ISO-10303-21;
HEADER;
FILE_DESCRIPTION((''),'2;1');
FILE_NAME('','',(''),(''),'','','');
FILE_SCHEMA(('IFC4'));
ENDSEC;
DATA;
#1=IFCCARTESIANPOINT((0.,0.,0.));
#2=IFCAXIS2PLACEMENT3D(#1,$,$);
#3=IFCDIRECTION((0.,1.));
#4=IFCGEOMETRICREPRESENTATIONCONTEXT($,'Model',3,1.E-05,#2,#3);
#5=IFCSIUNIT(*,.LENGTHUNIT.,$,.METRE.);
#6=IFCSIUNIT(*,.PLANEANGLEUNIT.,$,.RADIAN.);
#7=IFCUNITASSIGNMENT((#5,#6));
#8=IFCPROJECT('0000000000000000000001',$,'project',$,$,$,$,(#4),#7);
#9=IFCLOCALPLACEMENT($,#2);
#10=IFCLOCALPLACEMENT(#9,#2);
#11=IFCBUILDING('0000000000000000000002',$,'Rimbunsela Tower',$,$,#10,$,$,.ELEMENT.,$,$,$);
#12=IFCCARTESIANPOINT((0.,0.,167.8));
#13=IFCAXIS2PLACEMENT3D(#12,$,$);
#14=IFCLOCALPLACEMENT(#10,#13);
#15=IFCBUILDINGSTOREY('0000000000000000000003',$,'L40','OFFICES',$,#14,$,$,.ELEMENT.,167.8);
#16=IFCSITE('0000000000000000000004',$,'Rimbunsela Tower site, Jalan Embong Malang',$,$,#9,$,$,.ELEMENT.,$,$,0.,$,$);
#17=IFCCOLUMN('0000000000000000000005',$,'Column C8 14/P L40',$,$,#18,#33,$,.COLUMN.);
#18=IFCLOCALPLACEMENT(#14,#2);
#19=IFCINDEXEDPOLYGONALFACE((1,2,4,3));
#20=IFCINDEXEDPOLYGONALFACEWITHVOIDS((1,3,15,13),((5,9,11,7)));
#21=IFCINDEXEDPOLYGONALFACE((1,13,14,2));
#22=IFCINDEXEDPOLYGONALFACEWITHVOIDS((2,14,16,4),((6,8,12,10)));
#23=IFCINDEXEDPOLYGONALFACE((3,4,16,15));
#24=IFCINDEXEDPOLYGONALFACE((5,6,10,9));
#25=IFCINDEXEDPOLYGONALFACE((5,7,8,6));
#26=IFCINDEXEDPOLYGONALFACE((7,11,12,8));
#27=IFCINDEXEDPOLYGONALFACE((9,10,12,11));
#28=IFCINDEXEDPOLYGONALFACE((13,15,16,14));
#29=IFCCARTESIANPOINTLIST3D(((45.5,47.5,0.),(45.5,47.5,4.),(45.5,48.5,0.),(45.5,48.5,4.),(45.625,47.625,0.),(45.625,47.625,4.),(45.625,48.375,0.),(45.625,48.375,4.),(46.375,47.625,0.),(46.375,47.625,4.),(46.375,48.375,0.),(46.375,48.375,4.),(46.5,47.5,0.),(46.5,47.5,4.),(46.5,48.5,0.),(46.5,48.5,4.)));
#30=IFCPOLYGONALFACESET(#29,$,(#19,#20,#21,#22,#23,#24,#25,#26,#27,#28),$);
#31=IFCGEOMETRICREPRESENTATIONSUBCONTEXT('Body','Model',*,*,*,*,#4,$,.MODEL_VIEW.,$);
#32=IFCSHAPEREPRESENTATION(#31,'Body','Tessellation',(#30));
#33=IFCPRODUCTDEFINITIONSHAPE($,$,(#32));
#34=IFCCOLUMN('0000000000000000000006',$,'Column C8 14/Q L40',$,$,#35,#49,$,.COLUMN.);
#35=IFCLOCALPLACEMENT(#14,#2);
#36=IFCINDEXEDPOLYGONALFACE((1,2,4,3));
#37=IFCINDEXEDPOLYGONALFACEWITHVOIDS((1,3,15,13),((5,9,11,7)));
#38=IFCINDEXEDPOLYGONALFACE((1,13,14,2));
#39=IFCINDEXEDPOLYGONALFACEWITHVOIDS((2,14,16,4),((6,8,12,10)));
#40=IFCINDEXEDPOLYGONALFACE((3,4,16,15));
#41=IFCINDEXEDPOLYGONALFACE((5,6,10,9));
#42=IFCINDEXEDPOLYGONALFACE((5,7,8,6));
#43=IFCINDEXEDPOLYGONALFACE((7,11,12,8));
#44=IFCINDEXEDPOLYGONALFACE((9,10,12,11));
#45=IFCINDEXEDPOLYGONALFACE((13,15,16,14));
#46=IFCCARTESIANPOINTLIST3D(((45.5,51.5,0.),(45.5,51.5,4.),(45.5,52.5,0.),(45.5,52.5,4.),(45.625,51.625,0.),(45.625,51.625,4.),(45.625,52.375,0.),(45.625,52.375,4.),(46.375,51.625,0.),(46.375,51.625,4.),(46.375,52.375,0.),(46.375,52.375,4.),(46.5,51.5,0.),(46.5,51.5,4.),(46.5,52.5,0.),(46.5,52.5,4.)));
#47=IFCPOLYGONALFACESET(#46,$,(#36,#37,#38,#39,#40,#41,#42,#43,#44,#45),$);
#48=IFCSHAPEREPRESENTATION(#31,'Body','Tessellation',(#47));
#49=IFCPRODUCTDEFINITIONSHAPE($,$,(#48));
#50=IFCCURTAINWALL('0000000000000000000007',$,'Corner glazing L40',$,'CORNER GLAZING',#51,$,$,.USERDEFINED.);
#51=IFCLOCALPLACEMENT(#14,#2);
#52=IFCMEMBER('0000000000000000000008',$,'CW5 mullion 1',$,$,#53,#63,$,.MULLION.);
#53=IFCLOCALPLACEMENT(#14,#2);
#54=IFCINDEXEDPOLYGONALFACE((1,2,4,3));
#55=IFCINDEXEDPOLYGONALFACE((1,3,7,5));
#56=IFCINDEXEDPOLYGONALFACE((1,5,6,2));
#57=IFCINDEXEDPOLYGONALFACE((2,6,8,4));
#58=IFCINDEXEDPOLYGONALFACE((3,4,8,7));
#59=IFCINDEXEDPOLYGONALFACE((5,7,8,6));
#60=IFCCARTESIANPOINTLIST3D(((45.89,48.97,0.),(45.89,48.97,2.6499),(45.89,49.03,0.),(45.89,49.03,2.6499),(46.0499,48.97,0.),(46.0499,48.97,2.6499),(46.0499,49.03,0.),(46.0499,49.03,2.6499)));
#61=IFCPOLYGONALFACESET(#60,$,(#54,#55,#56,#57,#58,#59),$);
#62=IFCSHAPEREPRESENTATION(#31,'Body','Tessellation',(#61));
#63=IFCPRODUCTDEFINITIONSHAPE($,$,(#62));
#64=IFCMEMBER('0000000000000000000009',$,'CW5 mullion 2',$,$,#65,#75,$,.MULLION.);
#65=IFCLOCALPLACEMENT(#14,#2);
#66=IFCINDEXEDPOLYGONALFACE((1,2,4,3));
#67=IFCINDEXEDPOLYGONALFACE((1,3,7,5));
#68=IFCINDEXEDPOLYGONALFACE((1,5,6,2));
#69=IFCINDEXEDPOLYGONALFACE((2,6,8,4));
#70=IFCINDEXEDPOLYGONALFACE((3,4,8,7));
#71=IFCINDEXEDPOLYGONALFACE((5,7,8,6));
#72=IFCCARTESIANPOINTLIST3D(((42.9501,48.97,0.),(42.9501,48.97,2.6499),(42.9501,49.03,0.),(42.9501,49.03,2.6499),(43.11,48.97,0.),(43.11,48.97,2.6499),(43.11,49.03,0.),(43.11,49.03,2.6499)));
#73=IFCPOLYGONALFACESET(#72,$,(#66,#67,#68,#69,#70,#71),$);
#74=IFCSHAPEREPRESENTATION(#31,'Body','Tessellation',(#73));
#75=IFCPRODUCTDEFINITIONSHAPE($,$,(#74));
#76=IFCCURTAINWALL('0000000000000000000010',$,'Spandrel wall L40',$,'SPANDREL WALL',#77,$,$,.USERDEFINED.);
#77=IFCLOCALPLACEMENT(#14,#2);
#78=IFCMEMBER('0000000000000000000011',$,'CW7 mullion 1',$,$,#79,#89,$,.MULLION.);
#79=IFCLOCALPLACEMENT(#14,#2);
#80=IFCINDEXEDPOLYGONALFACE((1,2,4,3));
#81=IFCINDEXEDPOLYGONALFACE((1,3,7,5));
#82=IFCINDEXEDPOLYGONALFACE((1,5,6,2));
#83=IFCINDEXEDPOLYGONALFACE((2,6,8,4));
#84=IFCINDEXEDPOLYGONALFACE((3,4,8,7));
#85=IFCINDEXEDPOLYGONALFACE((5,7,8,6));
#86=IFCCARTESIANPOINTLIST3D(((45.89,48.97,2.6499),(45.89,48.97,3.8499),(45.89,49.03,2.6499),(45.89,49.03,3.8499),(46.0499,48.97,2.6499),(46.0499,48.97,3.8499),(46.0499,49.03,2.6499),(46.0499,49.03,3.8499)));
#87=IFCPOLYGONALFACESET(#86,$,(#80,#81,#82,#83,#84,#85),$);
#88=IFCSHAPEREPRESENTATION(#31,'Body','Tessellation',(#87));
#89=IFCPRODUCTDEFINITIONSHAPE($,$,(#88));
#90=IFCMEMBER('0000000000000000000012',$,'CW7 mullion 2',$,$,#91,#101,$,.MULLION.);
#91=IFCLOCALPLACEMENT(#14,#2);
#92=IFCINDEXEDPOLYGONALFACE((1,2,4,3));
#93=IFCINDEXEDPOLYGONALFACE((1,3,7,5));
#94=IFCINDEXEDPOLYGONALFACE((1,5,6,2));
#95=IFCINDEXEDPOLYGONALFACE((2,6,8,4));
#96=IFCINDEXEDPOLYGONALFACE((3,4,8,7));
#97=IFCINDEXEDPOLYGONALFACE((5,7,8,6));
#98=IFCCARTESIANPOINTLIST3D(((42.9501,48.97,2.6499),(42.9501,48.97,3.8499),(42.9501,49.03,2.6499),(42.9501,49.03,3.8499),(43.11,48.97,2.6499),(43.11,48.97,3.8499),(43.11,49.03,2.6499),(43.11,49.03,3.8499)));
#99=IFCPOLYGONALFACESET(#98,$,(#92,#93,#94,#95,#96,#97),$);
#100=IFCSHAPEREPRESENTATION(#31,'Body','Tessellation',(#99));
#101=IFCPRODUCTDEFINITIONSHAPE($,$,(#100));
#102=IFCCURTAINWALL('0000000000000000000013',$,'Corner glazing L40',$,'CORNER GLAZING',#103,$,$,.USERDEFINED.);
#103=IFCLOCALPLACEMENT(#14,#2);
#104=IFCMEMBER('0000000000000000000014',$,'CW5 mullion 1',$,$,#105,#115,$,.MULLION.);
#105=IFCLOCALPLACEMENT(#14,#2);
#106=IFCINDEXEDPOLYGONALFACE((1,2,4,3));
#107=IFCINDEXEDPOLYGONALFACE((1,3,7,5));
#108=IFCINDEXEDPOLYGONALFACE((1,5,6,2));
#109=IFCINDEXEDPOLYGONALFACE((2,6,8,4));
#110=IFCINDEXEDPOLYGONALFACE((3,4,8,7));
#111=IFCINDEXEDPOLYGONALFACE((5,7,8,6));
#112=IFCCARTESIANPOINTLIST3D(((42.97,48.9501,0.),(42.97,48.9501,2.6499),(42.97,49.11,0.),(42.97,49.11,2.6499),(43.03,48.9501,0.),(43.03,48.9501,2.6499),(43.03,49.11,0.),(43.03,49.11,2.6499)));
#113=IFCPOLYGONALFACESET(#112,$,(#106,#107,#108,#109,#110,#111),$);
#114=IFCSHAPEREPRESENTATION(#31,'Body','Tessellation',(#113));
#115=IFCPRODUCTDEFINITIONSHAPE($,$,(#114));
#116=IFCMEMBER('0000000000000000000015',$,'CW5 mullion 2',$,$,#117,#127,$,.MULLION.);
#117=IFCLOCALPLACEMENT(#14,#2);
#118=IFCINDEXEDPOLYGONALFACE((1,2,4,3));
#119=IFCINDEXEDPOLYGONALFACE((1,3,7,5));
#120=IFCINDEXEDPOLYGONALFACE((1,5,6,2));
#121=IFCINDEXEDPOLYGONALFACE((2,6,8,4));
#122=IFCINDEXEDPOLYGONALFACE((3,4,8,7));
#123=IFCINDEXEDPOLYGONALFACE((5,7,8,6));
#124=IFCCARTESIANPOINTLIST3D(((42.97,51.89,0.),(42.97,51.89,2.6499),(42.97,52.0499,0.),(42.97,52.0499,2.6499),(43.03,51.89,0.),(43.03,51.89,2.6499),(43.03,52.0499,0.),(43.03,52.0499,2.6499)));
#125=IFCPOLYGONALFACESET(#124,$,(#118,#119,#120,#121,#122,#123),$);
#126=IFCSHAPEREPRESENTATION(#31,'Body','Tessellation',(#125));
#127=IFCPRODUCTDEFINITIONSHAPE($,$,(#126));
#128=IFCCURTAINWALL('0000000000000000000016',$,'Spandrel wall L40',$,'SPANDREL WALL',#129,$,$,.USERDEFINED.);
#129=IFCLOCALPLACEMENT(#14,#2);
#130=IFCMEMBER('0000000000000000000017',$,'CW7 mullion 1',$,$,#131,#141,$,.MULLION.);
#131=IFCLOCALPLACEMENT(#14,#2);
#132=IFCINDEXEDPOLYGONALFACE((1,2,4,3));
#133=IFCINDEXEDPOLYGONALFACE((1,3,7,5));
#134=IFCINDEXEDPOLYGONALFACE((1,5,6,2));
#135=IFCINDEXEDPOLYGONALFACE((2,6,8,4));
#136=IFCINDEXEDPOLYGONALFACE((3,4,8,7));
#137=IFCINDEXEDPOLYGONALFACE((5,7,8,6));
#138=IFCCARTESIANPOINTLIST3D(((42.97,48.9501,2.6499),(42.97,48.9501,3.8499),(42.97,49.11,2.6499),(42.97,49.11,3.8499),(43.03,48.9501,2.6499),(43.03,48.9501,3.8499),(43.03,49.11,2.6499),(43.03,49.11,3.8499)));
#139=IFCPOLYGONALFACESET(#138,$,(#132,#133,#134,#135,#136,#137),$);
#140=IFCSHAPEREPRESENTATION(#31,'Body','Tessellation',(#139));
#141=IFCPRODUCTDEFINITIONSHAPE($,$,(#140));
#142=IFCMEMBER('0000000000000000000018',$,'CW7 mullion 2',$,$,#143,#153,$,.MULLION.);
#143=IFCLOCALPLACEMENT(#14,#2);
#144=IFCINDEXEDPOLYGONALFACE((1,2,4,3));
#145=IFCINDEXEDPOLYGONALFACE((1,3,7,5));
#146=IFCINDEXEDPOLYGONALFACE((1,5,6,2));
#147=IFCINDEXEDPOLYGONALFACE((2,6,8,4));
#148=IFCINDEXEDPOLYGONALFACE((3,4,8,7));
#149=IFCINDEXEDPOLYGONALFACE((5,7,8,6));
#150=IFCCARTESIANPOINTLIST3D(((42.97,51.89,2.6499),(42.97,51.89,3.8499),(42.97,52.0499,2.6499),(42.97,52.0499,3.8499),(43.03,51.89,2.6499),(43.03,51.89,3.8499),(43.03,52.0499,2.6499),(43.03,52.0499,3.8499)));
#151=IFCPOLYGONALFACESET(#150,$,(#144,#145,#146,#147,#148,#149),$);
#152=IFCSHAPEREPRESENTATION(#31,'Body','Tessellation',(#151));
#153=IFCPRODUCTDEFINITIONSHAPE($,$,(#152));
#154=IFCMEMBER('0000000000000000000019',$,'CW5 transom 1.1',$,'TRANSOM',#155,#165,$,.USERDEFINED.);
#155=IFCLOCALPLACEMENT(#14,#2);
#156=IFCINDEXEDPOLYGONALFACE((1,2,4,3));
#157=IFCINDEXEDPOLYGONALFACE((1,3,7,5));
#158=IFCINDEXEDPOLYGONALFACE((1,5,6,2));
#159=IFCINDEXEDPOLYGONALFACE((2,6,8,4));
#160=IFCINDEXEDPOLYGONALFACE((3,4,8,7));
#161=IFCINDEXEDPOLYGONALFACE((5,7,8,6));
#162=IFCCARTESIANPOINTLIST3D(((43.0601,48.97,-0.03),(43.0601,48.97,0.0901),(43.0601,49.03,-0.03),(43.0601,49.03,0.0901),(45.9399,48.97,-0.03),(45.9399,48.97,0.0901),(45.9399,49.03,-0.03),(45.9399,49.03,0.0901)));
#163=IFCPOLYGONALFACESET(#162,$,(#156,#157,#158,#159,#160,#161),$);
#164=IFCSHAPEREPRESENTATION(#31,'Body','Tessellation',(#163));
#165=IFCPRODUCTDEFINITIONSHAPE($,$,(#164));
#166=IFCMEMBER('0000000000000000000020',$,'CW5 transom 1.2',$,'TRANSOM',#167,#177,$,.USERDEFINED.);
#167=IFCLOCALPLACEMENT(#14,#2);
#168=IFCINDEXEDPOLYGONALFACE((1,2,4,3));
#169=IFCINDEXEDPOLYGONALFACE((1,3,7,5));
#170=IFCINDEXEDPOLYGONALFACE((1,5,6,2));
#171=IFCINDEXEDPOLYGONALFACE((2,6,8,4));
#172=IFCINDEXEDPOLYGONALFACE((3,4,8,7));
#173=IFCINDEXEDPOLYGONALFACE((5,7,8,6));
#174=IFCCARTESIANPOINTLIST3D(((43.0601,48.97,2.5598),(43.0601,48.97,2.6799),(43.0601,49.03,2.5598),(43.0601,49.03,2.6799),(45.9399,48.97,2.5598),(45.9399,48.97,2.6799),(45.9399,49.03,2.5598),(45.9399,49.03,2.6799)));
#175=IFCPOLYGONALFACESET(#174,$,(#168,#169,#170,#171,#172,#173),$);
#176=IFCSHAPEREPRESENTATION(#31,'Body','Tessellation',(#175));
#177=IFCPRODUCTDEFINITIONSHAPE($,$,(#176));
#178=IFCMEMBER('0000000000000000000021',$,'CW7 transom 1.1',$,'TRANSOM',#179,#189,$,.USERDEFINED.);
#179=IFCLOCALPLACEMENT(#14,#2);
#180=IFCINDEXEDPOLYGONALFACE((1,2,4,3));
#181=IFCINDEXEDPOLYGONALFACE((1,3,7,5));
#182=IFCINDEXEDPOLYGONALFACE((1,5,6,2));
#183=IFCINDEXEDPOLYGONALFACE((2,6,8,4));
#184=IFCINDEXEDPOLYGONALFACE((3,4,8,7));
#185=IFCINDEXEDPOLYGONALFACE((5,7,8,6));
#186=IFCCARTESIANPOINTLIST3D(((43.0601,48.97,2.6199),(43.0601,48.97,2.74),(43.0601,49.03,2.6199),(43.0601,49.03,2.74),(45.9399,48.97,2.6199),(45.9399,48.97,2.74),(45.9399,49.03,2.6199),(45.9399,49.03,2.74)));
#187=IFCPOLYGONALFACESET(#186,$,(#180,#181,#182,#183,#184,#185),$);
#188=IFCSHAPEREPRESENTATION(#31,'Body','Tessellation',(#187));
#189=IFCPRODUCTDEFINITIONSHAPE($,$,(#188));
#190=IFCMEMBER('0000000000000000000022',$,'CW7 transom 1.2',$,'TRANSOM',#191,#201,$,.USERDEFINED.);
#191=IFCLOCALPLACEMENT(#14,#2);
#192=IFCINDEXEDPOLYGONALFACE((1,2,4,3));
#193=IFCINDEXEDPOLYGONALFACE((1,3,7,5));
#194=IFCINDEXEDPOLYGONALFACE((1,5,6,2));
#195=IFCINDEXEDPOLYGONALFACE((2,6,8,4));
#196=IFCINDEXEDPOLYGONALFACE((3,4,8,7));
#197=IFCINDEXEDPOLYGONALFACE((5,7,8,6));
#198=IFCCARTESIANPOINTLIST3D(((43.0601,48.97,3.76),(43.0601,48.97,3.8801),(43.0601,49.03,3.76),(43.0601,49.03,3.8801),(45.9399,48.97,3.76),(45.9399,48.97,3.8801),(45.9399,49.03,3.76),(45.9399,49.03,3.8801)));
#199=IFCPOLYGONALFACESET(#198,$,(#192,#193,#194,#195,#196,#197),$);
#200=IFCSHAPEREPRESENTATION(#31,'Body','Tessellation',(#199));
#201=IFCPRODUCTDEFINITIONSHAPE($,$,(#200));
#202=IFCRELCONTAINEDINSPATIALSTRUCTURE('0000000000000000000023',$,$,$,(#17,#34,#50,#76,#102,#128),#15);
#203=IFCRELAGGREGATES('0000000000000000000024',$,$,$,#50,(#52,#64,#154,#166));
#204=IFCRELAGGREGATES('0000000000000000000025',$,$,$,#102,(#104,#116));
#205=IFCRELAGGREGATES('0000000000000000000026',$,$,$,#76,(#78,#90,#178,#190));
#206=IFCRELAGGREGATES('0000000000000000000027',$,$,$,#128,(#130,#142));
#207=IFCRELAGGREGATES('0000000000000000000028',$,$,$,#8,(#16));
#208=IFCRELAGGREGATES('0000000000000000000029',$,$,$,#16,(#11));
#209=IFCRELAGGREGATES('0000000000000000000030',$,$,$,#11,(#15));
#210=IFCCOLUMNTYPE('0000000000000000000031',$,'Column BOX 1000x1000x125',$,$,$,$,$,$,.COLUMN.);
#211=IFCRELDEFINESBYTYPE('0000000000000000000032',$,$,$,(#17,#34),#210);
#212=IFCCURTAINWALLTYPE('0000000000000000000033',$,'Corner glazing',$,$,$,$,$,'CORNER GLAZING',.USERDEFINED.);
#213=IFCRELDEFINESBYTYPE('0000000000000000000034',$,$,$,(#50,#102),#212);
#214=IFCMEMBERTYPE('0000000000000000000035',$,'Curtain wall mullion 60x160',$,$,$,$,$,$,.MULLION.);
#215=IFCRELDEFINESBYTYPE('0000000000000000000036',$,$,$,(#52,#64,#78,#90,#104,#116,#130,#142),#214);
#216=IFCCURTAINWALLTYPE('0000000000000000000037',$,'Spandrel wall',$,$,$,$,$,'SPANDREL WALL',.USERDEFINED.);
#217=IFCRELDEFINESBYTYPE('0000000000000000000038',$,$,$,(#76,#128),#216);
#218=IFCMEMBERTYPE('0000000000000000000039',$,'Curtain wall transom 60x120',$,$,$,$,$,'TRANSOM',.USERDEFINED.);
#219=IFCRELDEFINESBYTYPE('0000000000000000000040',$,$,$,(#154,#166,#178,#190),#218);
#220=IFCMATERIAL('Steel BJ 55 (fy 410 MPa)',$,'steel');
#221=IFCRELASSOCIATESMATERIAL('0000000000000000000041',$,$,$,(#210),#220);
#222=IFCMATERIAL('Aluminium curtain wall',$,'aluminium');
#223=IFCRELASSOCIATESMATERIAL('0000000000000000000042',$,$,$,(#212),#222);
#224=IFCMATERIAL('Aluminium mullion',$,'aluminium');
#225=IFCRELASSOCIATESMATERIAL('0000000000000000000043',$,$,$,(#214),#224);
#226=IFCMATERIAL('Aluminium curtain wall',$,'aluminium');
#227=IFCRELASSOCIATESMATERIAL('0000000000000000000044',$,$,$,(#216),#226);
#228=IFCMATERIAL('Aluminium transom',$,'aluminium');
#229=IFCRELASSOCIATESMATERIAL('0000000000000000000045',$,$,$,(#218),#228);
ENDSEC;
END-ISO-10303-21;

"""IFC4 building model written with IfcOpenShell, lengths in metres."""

from ifc_helpers import new_model, si_unit, direction, frame, origin, origin_2d, place, context, subcontext, project, spatial, rectangle, hollow_rectangle, extrude, material, material_profile, profile_set, type_object, element, aggregate, save


model = new_model("IFC4")

# Units and contexts
model_context = context("Model", 3, precision=1e-05, world=origin(), true_north=direction((0.0, 1.0)))
body_context = subcontext(model_context, "Body", "Model", "MODEL_VIEW")
ifc_project = project(units=[si_unit("LENGTHUNIT", "METRE"), si_unit("PLANEANGLEUNIT", "RADIAN")], contexts=[model_context])

# Site, building, storey
site_placement = place(None, origin())
site = spatial("IfcSite", under=ifc_project, at=site_placement, Name="Rimbunsela Tower site, Jalan Embong Malang", CompositionType="ELEMENT", RefElevation=0.0)
building_placement = place(site_placement, origin())
building = spatial("IfcBuilding", under=site, at=building_placement, Name="Rimbunsela Tower", CompositionType="ELEMENT")
storey_placement = place(building_placement, frame((0.0, 0.0, 167.8)))
storey = spatial("IfcBuildingStorey", under=building, at=storey_placement, Name="L40", Description="OFFICES", CompositionType="ELEMENT", Elevation=167.8)

# Columns
ifc_material_1 = material(Name="Steel BJ 55 (fy 410 MPa)", Category="steel")
ifc_material_profile_1 = material_profile(ifc_material_1, hollow_rectangle(XDim=1.0, YDim=1.0, WallThickness=0.125, at=origin_2d()), Name="BOX 1000x1000x125")
ifc_profile_set_1 = profile_set([ifc_material_profile_1], Name="Steel BJ 55 (fy 410 MPa)")
column_type = type_object("IfcColumnType", Name="Column BOX 1000x1000x125", PredefinedType="COLUMN", material=ifc_profile_set_1)
for number, where, z_axis, x_axis, name in (
    (1, (46.0, 48.0, 0.0), (0.0, 0.0, 1.0), (1.0, 0.0, 0.0), "Column C8 14/P L40"),
    (2, (46.0, 52.0, 0.0), (0.0, 0.0, 1.0), (1.0, 0.0, 0.0), "Column C8 14/Q L40"),
):
    element("IfcColumn", number, at=place(storey_placement, frame(where, z_axis=z_axis, x_axis=x_axis)), inside=storey, type_object=column_type, Name=name, PredefinedType="COLUMN", context=body_context, shape_type="SweptSolid", body=[
        extrude(hollow_rectangle(XDim=1.0, YDim=1.0, WallThickness=0.125, at=origin_2d()), origin(), (0.0, 0.0, 1.0), 4.0),
    ])

# Curtain walls, members
ifc_material_2 = material(Name="Aluminium curtain wall", Category="aluminium")
curtain_wall_type_1 = type_object("IfcCurtainWallType", Name="Corner glazing", ElementType="CORNER GLAZING", PredefinedType="USERDEFINED", material=ifc_material_2)
curtain_wall_1_placement = place(storey_placement, origin())
curtain_wall_1 = element("IfcCurtainWall", 3, at=curtain_wall_1_placement, inside=storey, type_object=curtain_wall_type_1, Name="Corner glazing L40", ObjectType="CORNER GLAZING", PredefinedType="USERDEFINED")
ifc_material_3 = material(Name="Aluminium mullion", Category="aluminium")
ifc_material_profile_2 = material_profile(ifc_material_3, rectangle(XDim=0.0601, YDim=0.1599, at=origin_2d()), Name="Mullion 60x160")
ifc_profile_set_2 = profile_set([ifc_material_profile_2], Name="Aluminium mullion")
member_type_1 = type_object("IfcMemberType", Name="Curtain wall mullion 60x160", PredefinedType="MULLION", material=ifc_profile_set_2)
member_1_placement = place(storey_placement, frame((45.97, 49.0, 0.0), z_axis=(0.0, 0.0, 1.0), x_axis=(0.0, -1.0, 0.0)))
member_1 = element("IfcMember", 4, at=member_1_placement, type_object=member_type_1, Name="CW5 mullion 1", PredefinedType="MULLION", context=body_context, shape_type="SweptSolid", body=[
    extrude(rectangle(XDim=0.0601, YDim=0.1599, at=origin_2d()), origin(), (0.0, 0.0, 1.0), 2.6499),
])
member_2_placement = place(storey_placement, frame((43.03, 49.0, 0.0), z_axis=(0.0, 0.0, 1.0), x_axis=(0.0, -1.0, 0.0)))
member_2 = element("IfcMember", 5, at=member_2_placement, type_object=member_type_1, Name="CW5 mullion 2", PredefinedType="MULLION", context=body_context, shape_type="SweptSolid", body=[
    extrude(rectangle(XDim=0.0601, YDim=0.1599, at=origin_2d()), origin(), (0.0, 0.0, 1.0), 2.6499),
])
ifc_material_4 = material(Name="Aluminium curtain wall", Category="aluminium")
curtain_wall_type_2 = type_object("IfcCurtainWallType", Name="Spandrel wall", ElementType="SPANDREL WALL", PredefinedType="USERDEFINED", material=ifc_material_4)
curtain_wall_2_placement = place(storey_placement, origin())
curtain_wall_2 = element("IfcCurtainWall", 6, at=curtain_wall_2_placement, inside=storey, type_object=curtain_wall_type_2, Name="Spandrel wall L40", ObjectType="SPANDREL WALL", PredefinedType="USERDEFINED")
member_3_placement = place(storey_placement, frame((45.97, 49.0, 2.6499), z_axis=(0.0, 0.0, 1.0), x_axis=(0.0, -1.0, 0.0)))
member_3 = element("IfcMember", 7, at=member_3_placement, type_object=member_type_1, Name="CW7 mullion 1", PredefinedType="MULLION", context=body_context, shape_type="SweptSolid", body=[
    extrude(rectangle(XDim=0.0601, YDim=0.1599, at=origin_2d()), origin(), (0.0, 0.0, 1.0), 1.2),
])
member_4_placement = place(storey_placement, frame((43.03, 49.0, 2.6499), z_axis=(0.0, 0.0, 1.0), x_axis=(0.0, -1.0, 0.0)))
member_4 = element("IfcMember", 8, at=member_4_placement, type_object=member_type_1, Name="CW7 mullion 2", PredefinedType="MULLION", context=body_context, shape_type="SweptSolid", body=[
    extrude(rectangle(XDim=0.0601, YDim=0.1599, at=origin_2d()), origin(), (0.0, 0.0, 1.0), 1.2),
])
curtain_wall_3_placement = place(storey_placement, origin())
curtain_wall_3 = element("IfcCurtainWall", 9, at=curtain_wall_3_placement, inside=storey, type_object=curtain_wall_type_1, Name="Corner glazing L40", ObjectType="CORNER GLAZING", PredefinedType="USERDEFINED")
member_5_placement = place(storey_placement, frame((43.0, 49.03, 0.0), z_axis=(0.0, 0.0, 1.0), x_axis=(-1.0, 0.0, 0.0)))
member_5 = element("IfcMember", 10, at=member_5_placement, type_object=member_type_1, Name="CW5 mullion 1", PredefinedType="MULLION", context=body_context, shape_type="SweptSolid", body=[
    extrude(rectangle(XDim=0.0601, YDim=0.1599, at=origin_2d()), origin(), (0.0, 0.0, 1.0), 2.6499),
])
member_6_placement = place(storey_placement, frame((43.0, 51.97, 0.0), z_axis=(0.0, 0.0, 1.0), x_axis=(-1.0, 0.0, 0.0)))
member_6 = element("IfcMember", 11, at=member_6_placement, type_object=member_type_1, Name="CW5 mullion 2", PredefinedType="MULLION", context=body_context, shape_type="SweptSolid", body=[
    extrude(rectangle(XDim=0.0601, YDim=0.1599, at=origin_2d()), origin(), (0.0, 0.0, 1.0), 2.6499),
])
curtain_wall_4_placement = place(storey_placement, origin())
curtain_wall_4 = element("IfcCurtainWall", 12, at=curtain_wall_4_placement, inside=storey, type_object=curtain_wall_type_2, Name="Spandrel wall L40", ObjectType="SPANDREL WALL", PredefinedType="USERDEFINED")
member_7_placement = place(storey_placement, frame((43.0, 49.03, 2.6499), z_axis=(0.0, 0.0, 1.0), x_axis=(-1.0, 0.0, 0.0)))
member_7 = element("IfcMember", 13, at=member_7_placement, type_object=member_type_1, Name="CW7 mullion 1", PredefinedType="MULLION", context=body_context, shape_type="SweptSolid", body=[
    extrude(rectangle(XDim=0.0601, YDim=0.1599, at=origin_2d()), origin(), (0.0, 0.0, 1.0), 1.2),
])
member_8_placement = place(storey_placement, frame((43.0, 51.97, 2.6499), z_axis=(0.0, 0.0, 1.0), x_axis=(-1.0, 0.0, 0.0)))
member_8 = element("IfcMember", 14, at=member_8_placement, type_object=member_type_1, Name="CW7 mullion 2", PredefinedType="MULLION", context=body_context, shape_type="SweptSolid", body=[
    extrude(rectangle(XDim=0.0601, YDim=0.1599, at=origin_2d()), origin(), (0.0, 0.0, 1.0), 1.2),
])

# Members
ifc_material_5 = material(Name="Aluminium transom", Category="aluminium")
ifc_material_profile_3 = material_profile(ifc_material_5, rectangle(XDim=0.0601, YDim=0.1201, at=origin_2d()), Name="Transom 60x120")
ifc_profile_set_3 = profile_set([ifc_material_profile_3], Name="Aluminium transom")
member_type_2 = type_object("IfcMemberType", Name="Curtain wall transom 60x120", ElementType="TRANSOM", PredefinedType="USERDEFINED", material=ifc_profile_set_3)
member_9_placement = place(storey_placement, frame((45.9399, 49.0, 0.03), z_axis=(-1.0, 0.0, 0.0), x_axis=(0.0, -1.0, 0.0)))
member_9 = element("IfcMember", 15, at=member_9_placement, type_object=member_type_2, Name="CW5 transom 1.1", ObjectType="TRANSOM", PredefinedType="USERDEFINED", context=body_context, shape_type="SweptSolid", body=[
    extrude(rectangle(XDim=0.0601, YDim=0.1201, at=origin_2d()), origin(), (0.0, 0.0, 1.0), 2.8799),
])
member_10_placement = place(storey_placement, frame((45.9399, 49.0, 2.6199), z_axis=(-1.0, 0.0, 0.0), x_axis=(0.0, -1.0, 0.0)))
member_10 = element("IfcMember", 16, at=member_10_placement, type_object=member_type_2, Name="CW5 transom 1.2", ObjectType="TRANSOM", PredefinedType="USERDEFINED", context=body_context, shape_type="SweptSolid", body=[
    extrude(rectangle(XDim=0.0601, YDim=0.1201, at=origin_2d()), origin(), (0.0, 0.0, 1.0), 2.8799),
])
member_11_placement = place(storey_placement, frame((45.9399, 49.0, 2.6799), z_axis=(-1.0, 0.0, 0.0), x_axis=(0.0, -1.0, 0.0)))
member_11 = element("IfcMember", 17, at=member_11_placement, type_object=member_type_2, Name="CW7 transom 1.1", ObjectType="TRANSOM", PredefinedType="USERDEFINED", context=body_context, shape_type="SweptSolid", body=[
    extrude(rectangle(XDim=0.0601, YDim=0.1201, at=origin_2d()), origin(), (0.0, 0.0, 1.0), 2.8799),
])
member_12_placement = place(storey_placement, frame((45.9399, 49.0, 3.8201), z_axis=(-1.0, 0.0, 0.0), x_axis=(0.0, -1.0, 0.0)))
member_12 = element("IfcMember", 18, at=member_12_placement, type_object=member_type_2, Name="CW7 transom 1.2", ObjectType="TRANSOM", PredefinedType="USERDEFINED", context=body_context, shape_type="SweptSolid", body=[
    extrude(rectangle(XDim=0.0601, YDim=0.1201, at=origin_2d()), origin(), (0.0, 0.0, 1.0), 2.8799),
])

aggregate(curtain_wall_1, [member_1, member_2, member_9, member_10])
aggregate(curtain_wall_3, [member_5, member_6])
aggregate(curtain_wall_2, [member_3, member_4, member_11, member_12])
aggregate(curtain_wall_4, [member_7, member_8])

save(model, "model.ifc")
